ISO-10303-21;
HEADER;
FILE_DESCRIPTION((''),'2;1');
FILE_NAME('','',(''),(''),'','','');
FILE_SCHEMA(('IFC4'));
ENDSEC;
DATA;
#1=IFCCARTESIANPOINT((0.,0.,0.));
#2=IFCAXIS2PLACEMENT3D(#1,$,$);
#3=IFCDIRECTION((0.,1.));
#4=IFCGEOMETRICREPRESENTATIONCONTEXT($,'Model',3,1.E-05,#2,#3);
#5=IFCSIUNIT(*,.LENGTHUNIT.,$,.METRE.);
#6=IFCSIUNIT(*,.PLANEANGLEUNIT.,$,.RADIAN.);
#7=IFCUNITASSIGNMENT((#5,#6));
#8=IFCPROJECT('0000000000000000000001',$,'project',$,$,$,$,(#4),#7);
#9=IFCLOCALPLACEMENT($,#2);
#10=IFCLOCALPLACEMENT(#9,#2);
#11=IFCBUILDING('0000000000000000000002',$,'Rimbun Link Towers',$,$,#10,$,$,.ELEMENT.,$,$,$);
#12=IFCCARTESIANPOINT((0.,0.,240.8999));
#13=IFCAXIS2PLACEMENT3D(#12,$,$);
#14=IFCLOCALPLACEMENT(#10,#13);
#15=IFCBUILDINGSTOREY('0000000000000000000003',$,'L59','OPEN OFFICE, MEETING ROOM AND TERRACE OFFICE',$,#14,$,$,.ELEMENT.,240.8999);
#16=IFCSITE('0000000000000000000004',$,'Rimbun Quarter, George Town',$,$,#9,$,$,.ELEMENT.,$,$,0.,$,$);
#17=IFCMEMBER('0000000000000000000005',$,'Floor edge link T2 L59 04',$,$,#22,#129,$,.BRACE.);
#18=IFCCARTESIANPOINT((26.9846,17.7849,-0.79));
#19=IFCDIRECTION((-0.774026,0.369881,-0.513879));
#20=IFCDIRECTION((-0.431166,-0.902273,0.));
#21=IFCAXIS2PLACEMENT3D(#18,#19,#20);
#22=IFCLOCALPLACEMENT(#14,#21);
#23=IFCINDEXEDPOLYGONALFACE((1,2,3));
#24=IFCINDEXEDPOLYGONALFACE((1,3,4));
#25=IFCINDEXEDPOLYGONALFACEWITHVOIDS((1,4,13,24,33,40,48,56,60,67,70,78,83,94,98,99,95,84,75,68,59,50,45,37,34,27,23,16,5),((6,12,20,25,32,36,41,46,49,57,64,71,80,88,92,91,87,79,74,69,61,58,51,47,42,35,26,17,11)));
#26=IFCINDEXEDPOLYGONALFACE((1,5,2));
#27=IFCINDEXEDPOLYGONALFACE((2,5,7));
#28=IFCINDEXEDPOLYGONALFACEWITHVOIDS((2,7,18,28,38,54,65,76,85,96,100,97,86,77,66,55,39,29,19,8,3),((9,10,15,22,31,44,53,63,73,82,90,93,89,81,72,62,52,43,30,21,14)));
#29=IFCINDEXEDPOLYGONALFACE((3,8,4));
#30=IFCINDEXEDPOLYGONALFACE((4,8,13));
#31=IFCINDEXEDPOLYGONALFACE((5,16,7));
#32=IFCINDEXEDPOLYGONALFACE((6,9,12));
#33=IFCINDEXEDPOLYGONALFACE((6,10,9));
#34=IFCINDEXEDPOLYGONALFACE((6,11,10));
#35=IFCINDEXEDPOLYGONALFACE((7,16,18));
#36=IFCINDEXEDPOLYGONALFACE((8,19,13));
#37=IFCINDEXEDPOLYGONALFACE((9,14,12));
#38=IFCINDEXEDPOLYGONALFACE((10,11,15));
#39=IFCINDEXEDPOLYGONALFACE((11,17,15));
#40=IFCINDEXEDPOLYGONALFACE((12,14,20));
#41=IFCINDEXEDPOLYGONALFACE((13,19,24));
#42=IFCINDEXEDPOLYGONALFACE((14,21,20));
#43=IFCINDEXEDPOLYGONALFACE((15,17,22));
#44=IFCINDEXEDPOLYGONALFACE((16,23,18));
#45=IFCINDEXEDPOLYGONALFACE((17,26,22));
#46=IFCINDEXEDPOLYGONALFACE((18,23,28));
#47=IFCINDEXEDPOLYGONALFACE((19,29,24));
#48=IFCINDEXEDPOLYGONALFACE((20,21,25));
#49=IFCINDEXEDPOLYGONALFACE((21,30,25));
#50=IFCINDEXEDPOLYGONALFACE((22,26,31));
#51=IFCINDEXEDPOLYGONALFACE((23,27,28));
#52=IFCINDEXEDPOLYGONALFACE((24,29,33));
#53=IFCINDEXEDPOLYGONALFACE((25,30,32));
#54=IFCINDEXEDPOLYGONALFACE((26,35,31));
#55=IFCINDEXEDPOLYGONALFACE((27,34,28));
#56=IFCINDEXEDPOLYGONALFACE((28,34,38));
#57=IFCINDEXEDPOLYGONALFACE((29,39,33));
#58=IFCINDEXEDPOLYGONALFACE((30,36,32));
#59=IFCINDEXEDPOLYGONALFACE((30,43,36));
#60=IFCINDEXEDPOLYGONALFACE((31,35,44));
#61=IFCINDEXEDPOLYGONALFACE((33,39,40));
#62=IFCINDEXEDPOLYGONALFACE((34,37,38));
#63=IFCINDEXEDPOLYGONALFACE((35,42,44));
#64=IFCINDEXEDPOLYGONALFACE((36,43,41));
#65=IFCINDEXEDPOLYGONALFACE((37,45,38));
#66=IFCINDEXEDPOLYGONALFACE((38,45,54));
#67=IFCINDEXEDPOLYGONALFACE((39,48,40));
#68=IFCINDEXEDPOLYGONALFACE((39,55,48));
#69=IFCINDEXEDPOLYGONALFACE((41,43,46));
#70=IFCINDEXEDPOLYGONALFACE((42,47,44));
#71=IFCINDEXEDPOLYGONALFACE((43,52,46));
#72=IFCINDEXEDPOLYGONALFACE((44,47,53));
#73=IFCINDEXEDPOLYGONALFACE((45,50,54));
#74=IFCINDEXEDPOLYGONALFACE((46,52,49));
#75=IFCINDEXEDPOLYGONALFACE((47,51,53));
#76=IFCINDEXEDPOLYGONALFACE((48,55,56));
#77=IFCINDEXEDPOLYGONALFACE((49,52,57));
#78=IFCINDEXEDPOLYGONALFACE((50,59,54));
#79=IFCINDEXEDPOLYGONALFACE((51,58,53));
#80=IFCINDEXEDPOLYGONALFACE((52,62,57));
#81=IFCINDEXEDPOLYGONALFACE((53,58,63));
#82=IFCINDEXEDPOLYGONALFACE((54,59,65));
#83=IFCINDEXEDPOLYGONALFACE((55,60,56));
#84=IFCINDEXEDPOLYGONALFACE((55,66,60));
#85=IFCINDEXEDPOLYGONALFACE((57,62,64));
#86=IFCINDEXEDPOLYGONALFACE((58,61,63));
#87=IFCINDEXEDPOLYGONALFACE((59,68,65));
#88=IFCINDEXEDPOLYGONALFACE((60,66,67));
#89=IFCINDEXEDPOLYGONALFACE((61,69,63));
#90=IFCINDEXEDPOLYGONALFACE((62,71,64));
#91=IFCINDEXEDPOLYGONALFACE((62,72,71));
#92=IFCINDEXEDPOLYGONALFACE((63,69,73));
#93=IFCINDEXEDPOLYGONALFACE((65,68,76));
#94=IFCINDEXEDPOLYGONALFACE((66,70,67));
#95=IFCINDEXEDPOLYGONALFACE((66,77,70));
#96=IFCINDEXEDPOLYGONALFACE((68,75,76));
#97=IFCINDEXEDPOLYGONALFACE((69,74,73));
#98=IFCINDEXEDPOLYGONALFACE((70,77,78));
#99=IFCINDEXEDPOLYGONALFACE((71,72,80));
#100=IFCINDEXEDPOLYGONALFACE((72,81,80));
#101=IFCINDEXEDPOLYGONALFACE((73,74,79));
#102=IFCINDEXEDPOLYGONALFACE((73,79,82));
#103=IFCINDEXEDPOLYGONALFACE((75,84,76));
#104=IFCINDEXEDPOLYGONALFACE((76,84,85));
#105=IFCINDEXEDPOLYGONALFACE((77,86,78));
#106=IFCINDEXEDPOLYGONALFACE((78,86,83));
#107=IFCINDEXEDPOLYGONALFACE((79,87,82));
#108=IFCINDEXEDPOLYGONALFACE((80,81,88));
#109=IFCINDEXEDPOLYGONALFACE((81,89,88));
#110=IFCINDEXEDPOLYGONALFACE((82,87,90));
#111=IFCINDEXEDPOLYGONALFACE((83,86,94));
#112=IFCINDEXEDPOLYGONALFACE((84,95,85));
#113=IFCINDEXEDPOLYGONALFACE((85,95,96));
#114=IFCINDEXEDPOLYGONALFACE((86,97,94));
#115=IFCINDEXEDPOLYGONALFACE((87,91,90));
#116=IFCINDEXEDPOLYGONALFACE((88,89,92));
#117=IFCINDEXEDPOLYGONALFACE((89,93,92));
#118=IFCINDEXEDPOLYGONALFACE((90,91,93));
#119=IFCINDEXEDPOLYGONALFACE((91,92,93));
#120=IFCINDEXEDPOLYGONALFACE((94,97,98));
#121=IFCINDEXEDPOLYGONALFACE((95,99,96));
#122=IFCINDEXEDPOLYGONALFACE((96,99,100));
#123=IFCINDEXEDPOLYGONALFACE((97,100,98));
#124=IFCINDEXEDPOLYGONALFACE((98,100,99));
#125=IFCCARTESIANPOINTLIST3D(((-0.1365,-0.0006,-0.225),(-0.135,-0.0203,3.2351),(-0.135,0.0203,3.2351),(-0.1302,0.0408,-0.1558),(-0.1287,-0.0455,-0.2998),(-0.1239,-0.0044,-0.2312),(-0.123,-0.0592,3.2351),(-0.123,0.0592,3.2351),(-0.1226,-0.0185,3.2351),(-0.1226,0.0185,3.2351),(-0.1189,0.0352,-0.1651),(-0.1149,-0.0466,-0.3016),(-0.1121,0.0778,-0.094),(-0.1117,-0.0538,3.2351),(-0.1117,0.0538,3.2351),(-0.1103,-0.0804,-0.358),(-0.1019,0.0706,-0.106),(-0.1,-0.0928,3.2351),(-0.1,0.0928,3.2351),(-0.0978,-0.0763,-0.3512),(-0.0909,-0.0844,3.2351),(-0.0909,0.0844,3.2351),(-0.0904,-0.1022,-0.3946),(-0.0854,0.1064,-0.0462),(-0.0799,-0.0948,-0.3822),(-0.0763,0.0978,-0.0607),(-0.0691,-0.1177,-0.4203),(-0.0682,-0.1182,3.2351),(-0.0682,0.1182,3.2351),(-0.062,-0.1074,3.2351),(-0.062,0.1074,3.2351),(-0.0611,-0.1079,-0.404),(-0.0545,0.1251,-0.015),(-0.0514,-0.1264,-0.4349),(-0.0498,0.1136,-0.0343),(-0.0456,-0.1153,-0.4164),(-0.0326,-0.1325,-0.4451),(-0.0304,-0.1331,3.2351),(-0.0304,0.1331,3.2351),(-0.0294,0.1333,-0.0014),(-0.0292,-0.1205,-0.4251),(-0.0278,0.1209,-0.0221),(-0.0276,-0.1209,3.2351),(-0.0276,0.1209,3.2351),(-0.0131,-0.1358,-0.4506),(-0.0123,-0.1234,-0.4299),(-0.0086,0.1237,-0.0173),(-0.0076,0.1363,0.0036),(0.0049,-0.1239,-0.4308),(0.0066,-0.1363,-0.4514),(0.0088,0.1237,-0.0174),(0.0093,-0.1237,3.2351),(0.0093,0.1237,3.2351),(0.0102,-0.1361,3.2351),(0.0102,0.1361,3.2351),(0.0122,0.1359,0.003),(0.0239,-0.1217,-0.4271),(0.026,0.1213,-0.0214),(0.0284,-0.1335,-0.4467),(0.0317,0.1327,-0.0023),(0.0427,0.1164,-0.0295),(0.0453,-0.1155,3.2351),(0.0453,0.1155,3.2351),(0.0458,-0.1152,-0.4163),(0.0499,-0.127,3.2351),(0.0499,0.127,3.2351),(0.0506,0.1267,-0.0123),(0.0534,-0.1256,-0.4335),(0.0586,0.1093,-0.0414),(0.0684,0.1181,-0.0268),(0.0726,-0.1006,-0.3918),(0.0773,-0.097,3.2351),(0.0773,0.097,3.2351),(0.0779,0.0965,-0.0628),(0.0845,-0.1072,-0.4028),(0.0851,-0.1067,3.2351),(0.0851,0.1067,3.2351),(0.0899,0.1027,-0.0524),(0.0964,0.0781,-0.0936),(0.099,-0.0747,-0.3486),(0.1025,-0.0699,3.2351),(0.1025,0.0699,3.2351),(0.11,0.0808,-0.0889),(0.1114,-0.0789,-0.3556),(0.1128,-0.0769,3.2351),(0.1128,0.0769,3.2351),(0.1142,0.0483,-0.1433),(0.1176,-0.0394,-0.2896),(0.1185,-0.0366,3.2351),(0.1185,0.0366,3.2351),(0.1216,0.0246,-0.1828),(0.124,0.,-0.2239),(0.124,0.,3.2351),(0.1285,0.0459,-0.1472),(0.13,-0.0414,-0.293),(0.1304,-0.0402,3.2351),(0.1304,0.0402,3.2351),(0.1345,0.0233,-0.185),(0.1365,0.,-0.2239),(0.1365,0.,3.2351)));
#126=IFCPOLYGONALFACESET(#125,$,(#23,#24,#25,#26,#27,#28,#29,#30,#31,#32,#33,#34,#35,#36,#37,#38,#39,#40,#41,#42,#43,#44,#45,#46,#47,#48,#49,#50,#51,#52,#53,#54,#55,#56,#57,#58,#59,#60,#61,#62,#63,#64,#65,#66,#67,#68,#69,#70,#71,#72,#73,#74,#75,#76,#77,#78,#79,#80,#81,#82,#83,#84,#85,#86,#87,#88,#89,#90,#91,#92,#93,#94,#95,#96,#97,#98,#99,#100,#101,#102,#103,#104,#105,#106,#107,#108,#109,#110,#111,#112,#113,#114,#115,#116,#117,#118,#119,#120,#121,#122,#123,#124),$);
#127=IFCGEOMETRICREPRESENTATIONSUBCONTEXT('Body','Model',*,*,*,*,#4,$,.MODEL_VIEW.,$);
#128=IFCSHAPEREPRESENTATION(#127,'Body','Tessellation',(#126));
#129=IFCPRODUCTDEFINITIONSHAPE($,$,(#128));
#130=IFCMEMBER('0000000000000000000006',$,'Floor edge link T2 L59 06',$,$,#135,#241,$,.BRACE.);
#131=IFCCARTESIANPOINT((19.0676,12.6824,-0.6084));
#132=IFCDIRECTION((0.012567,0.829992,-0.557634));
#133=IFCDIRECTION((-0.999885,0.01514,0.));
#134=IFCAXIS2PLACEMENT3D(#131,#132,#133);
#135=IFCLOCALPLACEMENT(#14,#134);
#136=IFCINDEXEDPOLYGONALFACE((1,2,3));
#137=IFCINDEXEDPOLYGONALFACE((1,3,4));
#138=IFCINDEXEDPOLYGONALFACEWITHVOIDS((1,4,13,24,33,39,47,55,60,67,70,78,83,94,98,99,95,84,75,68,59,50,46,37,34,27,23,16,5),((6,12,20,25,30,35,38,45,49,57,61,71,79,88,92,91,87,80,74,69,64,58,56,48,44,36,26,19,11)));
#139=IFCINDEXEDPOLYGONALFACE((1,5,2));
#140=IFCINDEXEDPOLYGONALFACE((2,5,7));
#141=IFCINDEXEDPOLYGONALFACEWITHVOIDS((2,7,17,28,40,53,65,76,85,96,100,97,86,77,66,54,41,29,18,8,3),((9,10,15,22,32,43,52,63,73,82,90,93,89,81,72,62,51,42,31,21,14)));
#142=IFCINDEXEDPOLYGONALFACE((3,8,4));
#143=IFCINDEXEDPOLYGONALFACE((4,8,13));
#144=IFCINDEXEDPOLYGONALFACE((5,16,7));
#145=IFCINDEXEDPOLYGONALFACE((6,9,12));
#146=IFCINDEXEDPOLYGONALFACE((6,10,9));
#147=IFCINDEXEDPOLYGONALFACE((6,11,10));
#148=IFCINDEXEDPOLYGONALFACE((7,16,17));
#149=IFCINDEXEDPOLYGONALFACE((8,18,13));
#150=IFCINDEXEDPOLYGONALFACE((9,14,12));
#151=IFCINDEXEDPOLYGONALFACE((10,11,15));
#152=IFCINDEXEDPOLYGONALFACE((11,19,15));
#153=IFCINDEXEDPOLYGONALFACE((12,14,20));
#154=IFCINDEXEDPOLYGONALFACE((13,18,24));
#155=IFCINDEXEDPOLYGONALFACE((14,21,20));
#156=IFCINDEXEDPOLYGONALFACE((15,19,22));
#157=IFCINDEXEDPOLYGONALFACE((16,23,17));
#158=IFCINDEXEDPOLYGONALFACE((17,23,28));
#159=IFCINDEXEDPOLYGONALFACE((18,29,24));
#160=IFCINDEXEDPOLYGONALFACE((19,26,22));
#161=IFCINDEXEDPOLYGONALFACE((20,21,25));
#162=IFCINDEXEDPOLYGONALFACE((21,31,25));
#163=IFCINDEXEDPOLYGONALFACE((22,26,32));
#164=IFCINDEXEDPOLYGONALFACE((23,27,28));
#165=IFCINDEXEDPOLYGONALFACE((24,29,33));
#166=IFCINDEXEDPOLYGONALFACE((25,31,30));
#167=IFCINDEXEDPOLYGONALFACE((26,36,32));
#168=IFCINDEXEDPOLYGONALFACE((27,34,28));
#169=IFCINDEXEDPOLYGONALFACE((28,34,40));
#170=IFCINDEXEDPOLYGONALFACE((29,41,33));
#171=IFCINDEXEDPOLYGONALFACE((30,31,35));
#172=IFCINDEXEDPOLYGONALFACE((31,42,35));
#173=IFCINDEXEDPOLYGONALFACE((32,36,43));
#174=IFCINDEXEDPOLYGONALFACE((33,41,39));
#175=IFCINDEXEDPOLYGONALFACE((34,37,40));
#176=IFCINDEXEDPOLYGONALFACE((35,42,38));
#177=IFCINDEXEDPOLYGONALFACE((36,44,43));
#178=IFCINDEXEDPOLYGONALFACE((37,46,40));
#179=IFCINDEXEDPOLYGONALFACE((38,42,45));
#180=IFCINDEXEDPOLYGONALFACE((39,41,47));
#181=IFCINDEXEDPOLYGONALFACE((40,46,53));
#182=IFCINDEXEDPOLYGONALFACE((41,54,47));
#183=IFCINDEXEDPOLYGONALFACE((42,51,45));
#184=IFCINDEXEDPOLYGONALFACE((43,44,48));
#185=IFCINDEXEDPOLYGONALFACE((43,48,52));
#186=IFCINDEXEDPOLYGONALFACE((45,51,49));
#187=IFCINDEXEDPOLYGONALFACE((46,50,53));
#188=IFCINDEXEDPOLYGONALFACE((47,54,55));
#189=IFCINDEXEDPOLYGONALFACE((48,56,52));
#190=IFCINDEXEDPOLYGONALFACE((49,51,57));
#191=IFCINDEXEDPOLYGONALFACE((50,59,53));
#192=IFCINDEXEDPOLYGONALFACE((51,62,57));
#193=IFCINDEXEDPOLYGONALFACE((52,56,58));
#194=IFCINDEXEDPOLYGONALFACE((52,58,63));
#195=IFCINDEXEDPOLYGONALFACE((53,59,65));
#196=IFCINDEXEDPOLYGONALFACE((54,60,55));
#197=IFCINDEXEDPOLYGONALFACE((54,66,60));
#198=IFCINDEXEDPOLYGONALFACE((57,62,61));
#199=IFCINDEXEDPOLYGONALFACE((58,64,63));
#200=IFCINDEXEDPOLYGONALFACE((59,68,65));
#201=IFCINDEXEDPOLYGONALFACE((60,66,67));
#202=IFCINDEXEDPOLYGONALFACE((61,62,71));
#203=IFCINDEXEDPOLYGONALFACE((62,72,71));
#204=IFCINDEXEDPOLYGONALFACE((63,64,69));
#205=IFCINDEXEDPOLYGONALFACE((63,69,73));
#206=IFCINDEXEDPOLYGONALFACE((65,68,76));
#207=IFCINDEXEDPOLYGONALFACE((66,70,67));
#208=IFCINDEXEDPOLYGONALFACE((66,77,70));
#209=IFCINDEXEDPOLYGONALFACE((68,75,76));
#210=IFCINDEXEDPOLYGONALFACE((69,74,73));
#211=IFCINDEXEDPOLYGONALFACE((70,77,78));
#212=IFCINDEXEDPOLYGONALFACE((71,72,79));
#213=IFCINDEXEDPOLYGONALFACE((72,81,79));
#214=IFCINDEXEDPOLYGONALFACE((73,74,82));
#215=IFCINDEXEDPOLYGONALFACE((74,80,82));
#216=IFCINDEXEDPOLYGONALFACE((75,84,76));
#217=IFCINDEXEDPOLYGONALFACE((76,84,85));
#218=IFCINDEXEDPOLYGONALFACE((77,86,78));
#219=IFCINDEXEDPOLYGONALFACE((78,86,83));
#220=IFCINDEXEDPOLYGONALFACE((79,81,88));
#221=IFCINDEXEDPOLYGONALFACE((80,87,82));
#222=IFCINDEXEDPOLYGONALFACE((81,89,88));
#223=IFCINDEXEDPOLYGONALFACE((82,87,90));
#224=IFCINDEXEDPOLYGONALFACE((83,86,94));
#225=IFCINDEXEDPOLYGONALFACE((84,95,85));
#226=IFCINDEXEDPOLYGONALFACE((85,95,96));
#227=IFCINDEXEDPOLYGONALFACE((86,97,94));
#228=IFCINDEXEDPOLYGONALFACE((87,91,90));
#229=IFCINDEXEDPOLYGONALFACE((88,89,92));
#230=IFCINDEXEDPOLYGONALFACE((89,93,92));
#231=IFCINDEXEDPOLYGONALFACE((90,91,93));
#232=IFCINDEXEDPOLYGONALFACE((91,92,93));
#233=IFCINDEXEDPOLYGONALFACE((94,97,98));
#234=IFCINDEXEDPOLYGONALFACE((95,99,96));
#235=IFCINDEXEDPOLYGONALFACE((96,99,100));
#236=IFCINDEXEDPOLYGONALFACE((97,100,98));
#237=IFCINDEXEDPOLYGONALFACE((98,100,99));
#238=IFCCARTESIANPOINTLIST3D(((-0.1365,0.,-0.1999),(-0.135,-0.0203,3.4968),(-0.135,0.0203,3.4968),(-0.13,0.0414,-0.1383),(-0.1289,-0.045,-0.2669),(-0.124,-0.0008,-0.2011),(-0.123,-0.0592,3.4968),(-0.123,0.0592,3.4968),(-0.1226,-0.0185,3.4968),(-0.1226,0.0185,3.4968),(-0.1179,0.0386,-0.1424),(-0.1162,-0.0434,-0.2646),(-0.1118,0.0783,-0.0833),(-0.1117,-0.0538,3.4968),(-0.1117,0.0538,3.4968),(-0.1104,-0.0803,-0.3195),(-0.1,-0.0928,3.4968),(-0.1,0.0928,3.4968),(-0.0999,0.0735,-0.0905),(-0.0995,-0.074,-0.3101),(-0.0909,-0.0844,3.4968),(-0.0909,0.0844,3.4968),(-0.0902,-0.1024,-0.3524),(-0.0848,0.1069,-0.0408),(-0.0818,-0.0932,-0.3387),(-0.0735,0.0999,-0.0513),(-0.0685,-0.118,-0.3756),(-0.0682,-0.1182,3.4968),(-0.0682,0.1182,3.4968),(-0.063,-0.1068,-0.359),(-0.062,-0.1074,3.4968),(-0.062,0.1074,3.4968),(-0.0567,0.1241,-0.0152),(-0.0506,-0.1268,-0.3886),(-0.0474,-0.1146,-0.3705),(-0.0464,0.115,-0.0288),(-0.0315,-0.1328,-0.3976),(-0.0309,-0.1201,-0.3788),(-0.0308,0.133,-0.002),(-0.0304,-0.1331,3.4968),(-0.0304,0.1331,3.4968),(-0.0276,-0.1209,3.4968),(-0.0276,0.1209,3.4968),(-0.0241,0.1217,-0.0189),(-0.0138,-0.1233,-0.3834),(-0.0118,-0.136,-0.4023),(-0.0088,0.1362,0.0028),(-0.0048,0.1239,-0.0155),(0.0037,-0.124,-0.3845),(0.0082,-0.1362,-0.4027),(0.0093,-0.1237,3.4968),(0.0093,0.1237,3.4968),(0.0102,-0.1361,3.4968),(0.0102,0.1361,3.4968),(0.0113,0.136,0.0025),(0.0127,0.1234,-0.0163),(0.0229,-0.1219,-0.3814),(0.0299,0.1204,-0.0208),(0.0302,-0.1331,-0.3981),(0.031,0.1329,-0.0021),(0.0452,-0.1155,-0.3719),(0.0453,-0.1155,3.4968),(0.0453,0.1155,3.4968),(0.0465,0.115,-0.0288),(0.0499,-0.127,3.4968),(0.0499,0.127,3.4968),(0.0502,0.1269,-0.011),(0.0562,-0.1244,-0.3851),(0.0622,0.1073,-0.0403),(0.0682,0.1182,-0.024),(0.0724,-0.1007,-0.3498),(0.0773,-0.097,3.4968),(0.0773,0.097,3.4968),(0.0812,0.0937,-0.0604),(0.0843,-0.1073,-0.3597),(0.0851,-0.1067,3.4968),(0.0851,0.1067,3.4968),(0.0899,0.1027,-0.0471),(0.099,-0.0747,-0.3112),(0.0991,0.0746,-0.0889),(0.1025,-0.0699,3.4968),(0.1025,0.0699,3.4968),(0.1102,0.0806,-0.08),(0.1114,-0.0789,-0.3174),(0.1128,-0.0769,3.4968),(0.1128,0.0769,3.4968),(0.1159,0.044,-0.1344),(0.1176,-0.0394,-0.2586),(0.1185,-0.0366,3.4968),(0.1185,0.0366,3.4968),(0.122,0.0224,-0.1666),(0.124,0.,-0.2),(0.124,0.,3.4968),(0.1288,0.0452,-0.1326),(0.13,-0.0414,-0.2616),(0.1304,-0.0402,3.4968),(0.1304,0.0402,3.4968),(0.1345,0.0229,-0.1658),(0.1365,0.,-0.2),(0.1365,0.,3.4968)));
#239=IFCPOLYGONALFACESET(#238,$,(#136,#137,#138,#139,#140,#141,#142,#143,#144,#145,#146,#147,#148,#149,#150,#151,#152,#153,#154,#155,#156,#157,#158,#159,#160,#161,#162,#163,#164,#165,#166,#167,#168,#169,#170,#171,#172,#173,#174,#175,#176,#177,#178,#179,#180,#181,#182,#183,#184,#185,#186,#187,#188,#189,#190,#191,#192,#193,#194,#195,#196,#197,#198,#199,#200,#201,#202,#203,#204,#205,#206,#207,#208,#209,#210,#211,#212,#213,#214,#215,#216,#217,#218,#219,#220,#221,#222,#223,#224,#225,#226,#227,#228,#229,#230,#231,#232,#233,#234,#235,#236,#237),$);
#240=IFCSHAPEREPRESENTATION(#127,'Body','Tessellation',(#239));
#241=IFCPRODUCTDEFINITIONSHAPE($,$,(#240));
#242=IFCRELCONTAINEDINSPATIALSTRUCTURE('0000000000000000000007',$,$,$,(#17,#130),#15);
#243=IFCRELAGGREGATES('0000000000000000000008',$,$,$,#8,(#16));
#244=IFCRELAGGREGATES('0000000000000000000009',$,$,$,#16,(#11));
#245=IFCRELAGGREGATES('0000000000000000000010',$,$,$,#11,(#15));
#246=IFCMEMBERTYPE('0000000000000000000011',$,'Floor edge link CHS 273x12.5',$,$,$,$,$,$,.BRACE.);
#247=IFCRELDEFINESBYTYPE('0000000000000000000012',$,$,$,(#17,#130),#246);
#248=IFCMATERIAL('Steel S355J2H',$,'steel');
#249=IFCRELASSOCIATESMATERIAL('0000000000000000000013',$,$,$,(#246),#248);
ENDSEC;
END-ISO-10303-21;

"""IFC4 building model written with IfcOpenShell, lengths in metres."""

from ifc_helpers import new_model, si_unit, direction, frame, origin, origin_2d, place, context, subcontext, project, spatial, hollow_circle, extrude, clip, halfspace, material, material_profile, profile_set, type_object, element, save


model = new_model("IFC4")

# Units and contexts
model_context = context("Model", 3, precision=1e-05, world=origin(), true_north=direction((0.0, 1.0)))
body_context = subcontext(model_context, "Body", "Model", "MODEL_VIEW")
ifc_project = project(units=[si_unit("LENGTHUNIT", "METRE"), si_unit("PLANEANGLEUNIT", "RADIAN")], contexts=[model_context])

# Site, building, storey
site_placement = place(None, origin())
site = spatial("IfcSite", under=ifc_project, at=site_placement, Name="Rimbun Quarter, George Town", CompositionType="ELEMENT", RefElevation=0.0)
building_placement = place(site_placement, origin())
building = spatial("IfcBuilding", under=site, at=building_placement, Name="Rimbun Link Towers", CompositionType="ELEMENT")
storey_placement = place(building_placement, frame((0.0, 0.0, 240.8999)))
storey = spatial("IfcBuildingStorey", under=building, at=storey_placement, Name="L59", Description="OPEN OFFICE, MEETING ROOM AND TERRACE OFFICE", CompositionType="ELEMENT", Elevation=240.8999)

# Members
ifc_material_1 = material(Name="Steel S355J2H", Category="steel")
ifc_material_profile_1 = material_profile(ifc_material_1, hollow_circle(Radius=0.1365, WallThickness=0.0125, at=origin_2d()), Name="CHS 273x12.5")
ifc_profile_set_1 = profile_set([ifc_material_profile_1], Name="Steel S355J2H")
member_type_1 = type_object("IfcMemberType", Name="Floor edge link CHS 273x12.5", PredefinedType="BRACE", material=ifc_profile_set_1)
member_1_placement = place(storey_placement, frame((26.9846, 17.7849, -0.79), z_axis=(-0.774026, 0.369881, -0.513879), x_axis=(-0.431166, -0.902273, 0.0)))
element("IfcMember", 1, at=member_1_placement, inside=storey, type_object=member_type_1, Name="Floor edge link T2 L59 04", PredefinedType="BRACE", context=body_context, shape_type="Clipping", body=[
    clip(extrude(hollow_circle(Radius=0.1365, WallThickness=0.0125, at=origin_2d()), frame((0.0, 0.0, -0.4751)), (0.0, 0.0, 1.0), 3.7102), halfspace(frame((0.0, 0.0, -0.2239), z_axis=(0.0, 0.857863, -0.513879)), False)),
])
member_2_placement = place(storey_placement, frame((19.0676, 12.6824, -0.6084), z_axis=(0.012567, 0.829992, -0.557634), x_axis=(-0.999885, 0.01514, 0.0)))
element("IfcMember", 2, at=member_2_placement, inside=storey, type_object=member_type_1, Name="Floor edge link T2 L59 06", PredefinedType="BRACE", context=body_context, shape_type="Clipping", body=[
    clip(extrude(hollow_circle(Radius=0.1365, WallThickness=0.0125, at=origin_2d()), frame((0.0, 0.0, -0.4243)), (0.0, 0.0, 1.0), 3.9211), halfspace(frame((0.0, 0.0, -0.2), z_axis=(0.0, 0.830087, -0.557634)), False)),
])

save(model, "model.ifc")
